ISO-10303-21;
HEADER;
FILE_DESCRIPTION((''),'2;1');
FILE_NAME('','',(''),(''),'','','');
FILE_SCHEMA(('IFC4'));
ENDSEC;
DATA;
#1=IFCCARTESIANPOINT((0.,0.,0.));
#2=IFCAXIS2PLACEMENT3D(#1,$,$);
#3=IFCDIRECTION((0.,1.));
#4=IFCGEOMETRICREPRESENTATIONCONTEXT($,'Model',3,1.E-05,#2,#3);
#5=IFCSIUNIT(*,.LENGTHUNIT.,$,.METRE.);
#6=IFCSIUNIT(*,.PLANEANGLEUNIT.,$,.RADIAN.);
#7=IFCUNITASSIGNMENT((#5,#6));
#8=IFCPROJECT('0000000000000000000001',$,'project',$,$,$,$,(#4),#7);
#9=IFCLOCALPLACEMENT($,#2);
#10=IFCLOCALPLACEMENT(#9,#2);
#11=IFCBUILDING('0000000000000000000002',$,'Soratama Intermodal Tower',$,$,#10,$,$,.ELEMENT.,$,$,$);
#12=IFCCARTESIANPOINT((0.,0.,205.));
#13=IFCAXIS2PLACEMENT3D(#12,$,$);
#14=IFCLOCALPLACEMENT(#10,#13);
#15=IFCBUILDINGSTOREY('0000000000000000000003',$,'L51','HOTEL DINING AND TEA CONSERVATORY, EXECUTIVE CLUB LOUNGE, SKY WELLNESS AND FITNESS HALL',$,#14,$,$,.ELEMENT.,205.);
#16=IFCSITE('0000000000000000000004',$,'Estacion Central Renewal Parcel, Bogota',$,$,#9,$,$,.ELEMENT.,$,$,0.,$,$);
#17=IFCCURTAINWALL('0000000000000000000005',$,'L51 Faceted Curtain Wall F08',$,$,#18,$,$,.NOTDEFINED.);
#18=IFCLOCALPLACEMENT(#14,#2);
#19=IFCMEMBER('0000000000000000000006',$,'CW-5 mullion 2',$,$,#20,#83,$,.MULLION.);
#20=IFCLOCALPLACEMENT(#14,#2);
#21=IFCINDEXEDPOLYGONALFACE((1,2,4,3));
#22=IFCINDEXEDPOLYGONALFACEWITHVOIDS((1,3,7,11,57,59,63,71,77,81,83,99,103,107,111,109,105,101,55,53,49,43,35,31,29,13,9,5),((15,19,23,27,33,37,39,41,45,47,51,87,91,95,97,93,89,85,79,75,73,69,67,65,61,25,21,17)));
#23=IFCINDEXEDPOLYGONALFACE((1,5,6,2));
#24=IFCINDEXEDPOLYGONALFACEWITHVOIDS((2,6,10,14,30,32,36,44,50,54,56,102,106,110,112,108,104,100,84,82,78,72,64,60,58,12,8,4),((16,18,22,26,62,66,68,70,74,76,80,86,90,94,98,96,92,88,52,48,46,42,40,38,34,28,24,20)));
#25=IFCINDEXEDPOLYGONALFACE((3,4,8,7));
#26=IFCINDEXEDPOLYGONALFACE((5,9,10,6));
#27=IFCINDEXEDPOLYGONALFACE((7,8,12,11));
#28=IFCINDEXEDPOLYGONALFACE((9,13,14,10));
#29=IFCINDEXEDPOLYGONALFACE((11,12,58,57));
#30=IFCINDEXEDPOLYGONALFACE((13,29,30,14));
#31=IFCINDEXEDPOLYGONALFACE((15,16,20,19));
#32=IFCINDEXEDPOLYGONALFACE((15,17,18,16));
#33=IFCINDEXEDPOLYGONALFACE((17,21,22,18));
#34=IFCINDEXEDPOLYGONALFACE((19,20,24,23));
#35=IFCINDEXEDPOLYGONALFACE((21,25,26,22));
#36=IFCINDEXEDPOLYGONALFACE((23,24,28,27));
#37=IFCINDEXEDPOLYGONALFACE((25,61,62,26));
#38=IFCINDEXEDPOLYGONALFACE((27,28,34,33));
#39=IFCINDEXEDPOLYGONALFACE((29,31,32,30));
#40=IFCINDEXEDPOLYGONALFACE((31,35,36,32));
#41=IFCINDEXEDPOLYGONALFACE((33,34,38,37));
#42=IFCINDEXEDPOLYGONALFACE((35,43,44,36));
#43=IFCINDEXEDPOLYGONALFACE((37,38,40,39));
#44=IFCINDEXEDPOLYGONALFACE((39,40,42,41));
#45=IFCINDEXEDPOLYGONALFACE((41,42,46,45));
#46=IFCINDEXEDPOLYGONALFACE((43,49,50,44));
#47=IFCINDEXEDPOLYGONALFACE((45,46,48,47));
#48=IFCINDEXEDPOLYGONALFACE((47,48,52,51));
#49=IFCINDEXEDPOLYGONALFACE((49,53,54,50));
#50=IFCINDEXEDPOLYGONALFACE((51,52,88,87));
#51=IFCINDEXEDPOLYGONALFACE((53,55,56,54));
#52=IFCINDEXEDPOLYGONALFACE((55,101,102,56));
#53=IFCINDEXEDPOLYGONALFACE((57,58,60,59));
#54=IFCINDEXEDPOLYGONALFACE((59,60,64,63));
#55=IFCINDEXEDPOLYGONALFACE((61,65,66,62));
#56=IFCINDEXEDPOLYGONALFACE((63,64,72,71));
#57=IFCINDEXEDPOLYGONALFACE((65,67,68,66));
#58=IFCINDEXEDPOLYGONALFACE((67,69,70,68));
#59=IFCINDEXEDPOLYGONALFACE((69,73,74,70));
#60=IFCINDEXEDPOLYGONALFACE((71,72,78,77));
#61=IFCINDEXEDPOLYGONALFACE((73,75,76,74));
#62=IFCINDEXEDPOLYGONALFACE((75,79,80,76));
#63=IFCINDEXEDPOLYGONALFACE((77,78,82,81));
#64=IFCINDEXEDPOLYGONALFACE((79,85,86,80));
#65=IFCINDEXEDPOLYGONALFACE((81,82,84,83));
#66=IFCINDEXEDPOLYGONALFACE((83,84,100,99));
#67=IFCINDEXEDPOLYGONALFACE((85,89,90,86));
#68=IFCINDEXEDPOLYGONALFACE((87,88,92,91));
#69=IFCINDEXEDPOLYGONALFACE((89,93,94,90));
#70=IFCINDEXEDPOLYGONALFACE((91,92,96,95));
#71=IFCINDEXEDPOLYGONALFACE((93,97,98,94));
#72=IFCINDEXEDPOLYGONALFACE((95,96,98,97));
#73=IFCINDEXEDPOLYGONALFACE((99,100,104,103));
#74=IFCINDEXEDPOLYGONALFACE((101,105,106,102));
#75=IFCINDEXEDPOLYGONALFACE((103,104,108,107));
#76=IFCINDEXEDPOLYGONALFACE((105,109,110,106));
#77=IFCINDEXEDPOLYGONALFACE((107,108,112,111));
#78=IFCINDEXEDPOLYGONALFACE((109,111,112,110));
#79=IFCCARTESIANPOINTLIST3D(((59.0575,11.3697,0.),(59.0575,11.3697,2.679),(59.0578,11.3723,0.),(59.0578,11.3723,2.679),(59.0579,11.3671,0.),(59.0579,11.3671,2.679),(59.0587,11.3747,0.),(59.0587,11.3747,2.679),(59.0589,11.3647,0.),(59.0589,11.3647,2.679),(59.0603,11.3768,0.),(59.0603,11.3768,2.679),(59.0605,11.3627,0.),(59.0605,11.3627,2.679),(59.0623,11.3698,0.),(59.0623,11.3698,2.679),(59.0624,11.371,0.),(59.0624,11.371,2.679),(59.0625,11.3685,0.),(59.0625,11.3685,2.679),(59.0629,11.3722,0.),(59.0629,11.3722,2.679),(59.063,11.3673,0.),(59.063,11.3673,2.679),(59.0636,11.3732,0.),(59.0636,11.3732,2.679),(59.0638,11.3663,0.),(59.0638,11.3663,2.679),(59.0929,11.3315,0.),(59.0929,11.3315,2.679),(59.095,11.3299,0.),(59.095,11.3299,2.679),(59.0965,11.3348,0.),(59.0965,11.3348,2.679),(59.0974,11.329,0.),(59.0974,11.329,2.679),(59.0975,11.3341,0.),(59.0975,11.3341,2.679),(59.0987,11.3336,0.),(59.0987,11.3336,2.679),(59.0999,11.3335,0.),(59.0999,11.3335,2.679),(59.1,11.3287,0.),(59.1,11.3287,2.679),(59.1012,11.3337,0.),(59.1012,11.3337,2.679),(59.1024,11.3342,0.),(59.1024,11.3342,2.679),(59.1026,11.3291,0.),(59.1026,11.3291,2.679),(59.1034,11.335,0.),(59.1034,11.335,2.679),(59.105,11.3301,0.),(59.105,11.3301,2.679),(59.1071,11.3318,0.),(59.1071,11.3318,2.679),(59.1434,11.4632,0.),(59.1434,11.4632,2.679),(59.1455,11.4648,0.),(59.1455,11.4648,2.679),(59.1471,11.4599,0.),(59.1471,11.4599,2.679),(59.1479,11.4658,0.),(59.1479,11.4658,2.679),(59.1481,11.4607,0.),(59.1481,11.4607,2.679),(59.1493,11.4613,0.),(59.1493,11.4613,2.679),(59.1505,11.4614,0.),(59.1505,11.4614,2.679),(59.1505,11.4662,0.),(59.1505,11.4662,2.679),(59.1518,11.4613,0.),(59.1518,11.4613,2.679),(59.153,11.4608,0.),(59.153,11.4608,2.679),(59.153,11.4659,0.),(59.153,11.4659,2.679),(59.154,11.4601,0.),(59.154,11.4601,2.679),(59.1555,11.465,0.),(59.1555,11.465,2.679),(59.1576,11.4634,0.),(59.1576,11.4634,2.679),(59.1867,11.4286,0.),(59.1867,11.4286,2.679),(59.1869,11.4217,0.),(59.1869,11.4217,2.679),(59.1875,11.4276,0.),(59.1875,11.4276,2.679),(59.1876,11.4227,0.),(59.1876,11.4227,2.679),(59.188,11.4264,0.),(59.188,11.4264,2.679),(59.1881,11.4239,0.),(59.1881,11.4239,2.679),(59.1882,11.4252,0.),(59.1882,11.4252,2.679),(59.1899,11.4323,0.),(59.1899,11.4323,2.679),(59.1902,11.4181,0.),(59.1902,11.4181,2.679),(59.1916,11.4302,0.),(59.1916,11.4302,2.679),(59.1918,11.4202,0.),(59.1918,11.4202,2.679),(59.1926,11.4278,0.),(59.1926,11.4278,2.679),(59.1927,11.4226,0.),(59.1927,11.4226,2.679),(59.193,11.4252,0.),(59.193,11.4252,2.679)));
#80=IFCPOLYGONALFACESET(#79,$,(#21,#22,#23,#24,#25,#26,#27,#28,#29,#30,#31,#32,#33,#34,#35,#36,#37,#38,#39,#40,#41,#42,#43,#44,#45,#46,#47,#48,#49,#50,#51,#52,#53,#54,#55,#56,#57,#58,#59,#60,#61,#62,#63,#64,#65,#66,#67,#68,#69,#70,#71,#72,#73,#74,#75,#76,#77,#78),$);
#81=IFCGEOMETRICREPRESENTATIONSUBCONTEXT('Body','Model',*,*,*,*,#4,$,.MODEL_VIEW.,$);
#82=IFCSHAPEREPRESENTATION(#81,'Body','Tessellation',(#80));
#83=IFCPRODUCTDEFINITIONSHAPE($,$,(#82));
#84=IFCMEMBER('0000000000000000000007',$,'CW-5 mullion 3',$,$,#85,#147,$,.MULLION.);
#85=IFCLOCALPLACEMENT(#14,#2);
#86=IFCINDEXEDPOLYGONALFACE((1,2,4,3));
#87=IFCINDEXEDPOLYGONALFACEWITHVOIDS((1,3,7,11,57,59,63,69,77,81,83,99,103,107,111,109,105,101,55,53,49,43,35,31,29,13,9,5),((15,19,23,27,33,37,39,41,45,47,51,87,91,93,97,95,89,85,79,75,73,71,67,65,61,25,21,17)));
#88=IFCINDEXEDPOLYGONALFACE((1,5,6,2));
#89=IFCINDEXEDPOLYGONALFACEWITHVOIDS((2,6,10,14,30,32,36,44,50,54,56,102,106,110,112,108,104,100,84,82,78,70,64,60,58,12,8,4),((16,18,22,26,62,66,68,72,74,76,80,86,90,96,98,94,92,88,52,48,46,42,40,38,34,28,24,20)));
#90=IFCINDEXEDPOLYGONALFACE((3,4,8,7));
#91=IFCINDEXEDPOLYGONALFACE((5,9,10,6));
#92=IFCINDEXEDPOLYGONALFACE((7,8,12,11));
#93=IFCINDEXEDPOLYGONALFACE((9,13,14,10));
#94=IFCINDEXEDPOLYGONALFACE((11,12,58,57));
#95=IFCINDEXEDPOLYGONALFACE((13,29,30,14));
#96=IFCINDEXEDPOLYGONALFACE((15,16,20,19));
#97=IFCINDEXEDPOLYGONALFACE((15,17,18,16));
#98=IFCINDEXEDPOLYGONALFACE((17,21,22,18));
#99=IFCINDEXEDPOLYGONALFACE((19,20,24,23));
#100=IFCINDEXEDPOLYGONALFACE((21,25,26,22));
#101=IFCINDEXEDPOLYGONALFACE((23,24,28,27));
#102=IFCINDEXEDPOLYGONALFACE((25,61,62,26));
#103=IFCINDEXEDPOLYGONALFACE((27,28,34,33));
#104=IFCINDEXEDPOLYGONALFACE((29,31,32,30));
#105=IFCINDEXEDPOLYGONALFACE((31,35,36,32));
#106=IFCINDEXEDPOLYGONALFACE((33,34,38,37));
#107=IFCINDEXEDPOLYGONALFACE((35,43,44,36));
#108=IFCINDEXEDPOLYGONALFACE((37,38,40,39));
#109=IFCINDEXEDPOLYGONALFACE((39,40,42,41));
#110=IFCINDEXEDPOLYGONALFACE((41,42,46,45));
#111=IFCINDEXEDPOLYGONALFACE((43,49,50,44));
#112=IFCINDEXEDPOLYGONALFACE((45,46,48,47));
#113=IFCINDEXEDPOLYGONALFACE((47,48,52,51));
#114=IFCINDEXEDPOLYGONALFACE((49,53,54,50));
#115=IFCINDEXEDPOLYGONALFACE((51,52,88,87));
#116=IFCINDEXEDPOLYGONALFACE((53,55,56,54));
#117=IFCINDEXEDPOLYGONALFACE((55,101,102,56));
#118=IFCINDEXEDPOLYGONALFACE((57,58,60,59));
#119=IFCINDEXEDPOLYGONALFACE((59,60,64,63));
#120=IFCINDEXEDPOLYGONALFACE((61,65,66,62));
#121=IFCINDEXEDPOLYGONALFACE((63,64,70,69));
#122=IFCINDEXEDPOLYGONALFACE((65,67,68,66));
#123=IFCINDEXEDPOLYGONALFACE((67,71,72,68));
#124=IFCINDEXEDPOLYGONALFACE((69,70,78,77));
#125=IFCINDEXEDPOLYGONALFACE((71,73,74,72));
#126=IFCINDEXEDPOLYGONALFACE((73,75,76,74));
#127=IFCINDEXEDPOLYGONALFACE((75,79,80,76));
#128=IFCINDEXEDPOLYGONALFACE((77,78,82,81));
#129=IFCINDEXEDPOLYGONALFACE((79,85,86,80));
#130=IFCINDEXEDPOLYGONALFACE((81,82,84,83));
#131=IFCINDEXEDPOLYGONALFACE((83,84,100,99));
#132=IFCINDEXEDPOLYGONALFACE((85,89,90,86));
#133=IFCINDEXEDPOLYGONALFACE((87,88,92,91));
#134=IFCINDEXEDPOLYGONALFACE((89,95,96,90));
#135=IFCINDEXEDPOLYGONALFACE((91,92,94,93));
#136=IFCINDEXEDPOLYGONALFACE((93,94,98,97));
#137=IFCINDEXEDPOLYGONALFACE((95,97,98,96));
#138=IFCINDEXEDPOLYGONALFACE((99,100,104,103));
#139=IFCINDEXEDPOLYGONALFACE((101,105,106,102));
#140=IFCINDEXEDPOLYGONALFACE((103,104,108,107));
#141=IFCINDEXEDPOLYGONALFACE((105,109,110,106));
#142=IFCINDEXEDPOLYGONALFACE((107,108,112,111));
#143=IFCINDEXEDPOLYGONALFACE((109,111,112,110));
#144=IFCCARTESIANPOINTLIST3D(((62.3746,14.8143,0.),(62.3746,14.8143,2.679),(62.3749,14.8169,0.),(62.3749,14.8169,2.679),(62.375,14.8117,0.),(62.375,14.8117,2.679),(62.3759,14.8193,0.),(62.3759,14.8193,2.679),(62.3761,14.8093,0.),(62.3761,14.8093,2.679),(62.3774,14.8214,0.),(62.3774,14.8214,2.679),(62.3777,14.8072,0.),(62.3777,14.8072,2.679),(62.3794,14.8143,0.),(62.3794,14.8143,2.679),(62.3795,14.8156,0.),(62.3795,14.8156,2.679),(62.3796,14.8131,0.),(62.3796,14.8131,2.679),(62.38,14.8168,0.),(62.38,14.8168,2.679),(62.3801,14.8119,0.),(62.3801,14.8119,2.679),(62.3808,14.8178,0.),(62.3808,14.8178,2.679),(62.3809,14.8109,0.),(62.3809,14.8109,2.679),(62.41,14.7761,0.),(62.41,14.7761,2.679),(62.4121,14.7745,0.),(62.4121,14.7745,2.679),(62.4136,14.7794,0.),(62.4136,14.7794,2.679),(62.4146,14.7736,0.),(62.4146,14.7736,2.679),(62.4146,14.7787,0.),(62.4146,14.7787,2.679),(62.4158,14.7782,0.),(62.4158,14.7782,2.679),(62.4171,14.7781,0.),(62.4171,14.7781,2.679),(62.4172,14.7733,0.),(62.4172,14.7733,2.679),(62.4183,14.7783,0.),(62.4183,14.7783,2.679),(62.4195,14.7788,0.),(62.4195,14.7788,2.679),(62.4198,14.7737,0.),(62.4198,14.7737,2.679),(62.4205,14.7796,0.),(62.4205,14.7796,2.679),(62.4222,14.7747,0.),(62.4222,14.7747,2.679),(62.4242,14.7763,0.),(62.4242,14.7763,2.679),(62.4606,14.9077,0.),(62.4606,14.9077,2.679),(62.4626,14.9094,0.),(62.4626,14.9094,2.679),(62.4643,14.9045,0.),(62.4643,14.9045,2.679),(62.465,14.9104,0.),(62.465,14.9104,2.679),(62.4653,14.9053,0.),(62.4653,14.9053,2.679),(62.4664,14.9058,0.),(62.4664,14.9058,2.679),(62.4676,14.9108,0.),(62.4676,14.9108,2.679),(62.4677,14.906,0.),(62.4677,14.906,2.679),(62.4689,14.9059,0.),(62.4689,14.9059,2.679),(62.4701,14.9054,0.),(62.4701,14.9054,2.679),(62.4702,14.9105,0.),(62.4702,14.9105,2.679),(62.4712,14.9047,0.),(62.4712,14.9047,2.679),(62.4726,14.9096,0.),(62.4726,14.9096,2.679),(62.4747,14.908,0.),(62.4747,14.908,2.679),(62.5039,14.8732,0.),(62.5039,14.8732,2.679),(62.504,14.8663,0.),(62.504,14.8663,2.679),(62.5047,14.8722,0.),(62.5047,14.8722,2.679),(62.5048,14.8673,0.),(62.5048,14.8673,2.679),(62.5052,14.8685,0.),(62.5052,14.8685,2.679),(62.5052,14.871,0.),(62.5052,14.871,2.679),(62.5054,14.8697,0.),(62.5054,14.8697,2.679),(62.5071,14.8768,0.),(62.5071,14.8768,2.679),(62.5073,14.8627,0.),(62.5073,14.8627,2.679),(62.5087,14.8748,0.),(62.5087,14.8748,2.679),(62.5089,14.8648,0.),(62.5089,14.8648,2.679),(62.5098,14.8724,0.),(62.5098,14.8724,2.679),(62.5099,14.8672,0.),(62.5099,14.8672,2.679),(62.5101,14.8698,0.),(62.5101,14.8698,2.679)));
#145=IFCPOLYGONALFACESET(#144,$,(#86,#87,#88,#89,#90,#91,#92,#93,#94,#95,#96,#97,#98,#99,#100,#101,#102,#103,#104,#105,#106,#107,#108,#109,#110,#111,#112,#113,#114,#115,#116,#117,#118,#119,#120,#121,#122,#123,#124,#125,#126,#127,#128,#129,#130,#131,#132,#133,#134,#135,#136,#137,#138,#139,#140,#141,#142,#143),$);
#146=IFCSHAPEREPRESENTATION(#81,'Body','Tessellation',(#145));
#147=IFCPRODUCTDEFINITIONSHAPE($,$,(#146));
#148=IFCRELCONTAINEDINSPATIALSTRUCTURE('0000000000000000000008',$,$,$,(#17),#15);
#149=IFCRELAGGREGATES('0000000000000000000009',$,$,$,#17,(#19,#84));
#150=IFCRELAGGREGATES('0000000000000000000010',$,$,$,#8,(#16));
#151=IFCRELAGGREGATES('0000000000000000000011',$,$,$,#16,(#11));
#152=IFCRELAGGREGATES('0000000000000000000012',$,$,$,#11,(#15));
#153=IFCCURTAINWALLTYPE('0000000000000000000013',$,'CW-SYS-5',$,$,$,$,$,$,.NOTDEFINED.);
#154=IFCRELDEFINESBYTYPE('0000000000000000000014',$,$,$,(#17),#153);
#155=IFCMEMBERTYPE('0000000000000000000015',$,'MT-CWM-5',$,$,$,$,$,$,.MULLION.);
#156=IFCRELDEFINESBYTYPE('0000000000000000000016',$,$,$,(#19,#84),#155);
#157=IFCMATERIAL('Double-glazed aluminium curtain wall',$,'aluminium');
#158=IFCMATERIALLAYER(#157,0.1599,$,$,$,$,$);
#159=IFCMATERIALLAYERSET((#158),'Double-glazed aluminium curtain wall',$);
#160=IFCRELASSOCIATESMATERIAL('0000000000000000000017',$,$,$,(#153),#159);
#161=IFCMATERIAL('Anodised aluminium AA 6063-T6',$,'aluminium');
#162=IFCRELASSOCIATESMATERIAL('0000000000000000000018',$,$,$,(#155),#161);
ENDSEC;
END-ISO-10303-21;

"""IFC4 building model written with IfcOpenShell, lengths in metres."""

from ifc_helpers import new_model, si_unit, direction, frame, origin, origin_2d, place, context, subcontext, project, spatial, hollow_rectangle, extrude, material, layer, layer_set, material_profile, profile_set, type_object, element, aggregate, save


model = new_model("IFC4")

# Units and contexts
model_context = context("Model", 3, precision=1e-05, world=origin(), true_north=direction((0.0, 1.0)))
body_context = subcontext(model_context, "Body", "Model", "MODEL_VIEW")
ifc_project = project(units=[si_unit("LENGTHUNIT", "METRE"), si_unit("PLANEANGLEUNIT", "RADIAN")], contexts=[model_context])

# Site, building, storey
site_placement = place(None, origin())
site = spatial("IfcSite", under=ifc_project, at=site_placement, Name="Estacion Central Renewal Parcel, Bogota", CompositionType="ELEMENT", RefElevation=0.0)
building_placement = place(site_placement, origin())
building = spatial("IfcBuilding", under=site, at=building_placement, Name="Soratama Intermodal Tower", CompositionType="ELEMENT")
storey_placement = place(building_placement, frame((0.0, 0.0, 205.0)))
storey = spatial("IfcBuildingStorey", under=building, at=storey_placement, Name="L51", Description="HOTEL DINING AND TEA CONSERVATORY, EXECUTIVE CLUB LOUNGE, SKY WELLNESS AND FITNESS HALL", CompositionType="ELEMENT", Elevation=205.0)

# Curtain wall, members
ifc_material_1 = material(Name="Double-glazed aluminium curtain wall", Category="aluminium")
ifc_layer_1 = layer(ifc_material_1, 0.1599)
ifc_layer_set_1 = layer_set([ifc_layer_1], Name="Double-glazed aluminium curtain wall")
curtain_wall_type = type_object("IfcCurtainWallType", Name="CW-SYS-5", PredefinedType="NOTDEFINED", material=ifc_layer_set_1)
curtain_wall_placement = place(storey_placement, origin())
curtain_wall = element("IfcCurtainWall", 1, at=curtain_wall_placement, inside=storey, type_object=curtain_wall_type, Name="L51 Faceted Curtain Wall F08", PredefinedType="NOTDEFINED")
ifc_material_2 = material(Name="Anodised aluminium AA 6063-T6", Category="aluminium")
ifc_material_profile_1 = material_profile(ifc_material_2, hollow_rectangle(XDim=0.0649, YDim=0.1399, WallThickness=0.0049, InnerFilletRadius=0.0049, OuterFilletRadius=0.01, at=origin_2d()), Name="CWM140X65X5")
ifc_profile_set_1 = profile_set([ifc_material_profile_1], Name="Anodised aluminium AA 6063-T6")
member_type_1 = type_object("IfcMemberType", Name="MT-CWM-5", PredefinedType="MULLION", material=ifc_profile_set_1)
member_1_placement = place(storey_placement, frame((59.1252, 11.3975, 0.0), z_axis=(0.0, 0.0, 1.0), x_axis=(-0.720307, 0.693655, 0.0)))
member_1 = element("IfcMember", 2, at=member_1_placement, type_object=member_type_1, Name="CW-5 mullion 2", PredefinedType="MULLION", context=body_context, shape_type="SweptSolid", body=[
    extrude(hollow_rectangle(XDim=0.0649, YDim=0.1399, WallThickness=0.0049, InnerFilletRadius=0.0049, OuterFilletRadius=0.01, at=origin_2d()), origin(), (0.0, 0.0, 1.0), 2.679),
])
member_2_placement = place(storey_placement, frame((62.4424, 14.842, 0.0), z_axis=(0.0, 0.0, 1.0), x_axis=(-0.720307, 0.693655, 0.0)))
member_2 = element("IfcMember", 3, at=member_2_placement, type_object=member_type_1, Name="CW-5 mullion 3", PredefinedType="MULLION", context=body_context, shape_type="SweptSolid", body=[
    extrude(hollow_rectangle(XDim=0.0649, YDim=0.1399, WallThickness=0.0049, InnerFilletRadius=0.0049, OuterFilletRadius=0.01, at=origin_2d()), origin(), (0.0, 0.0, 1.0), 2.679),
])
aggregate(curtain_wall, [member_1, member_2])

save(model, "model.ifc")
